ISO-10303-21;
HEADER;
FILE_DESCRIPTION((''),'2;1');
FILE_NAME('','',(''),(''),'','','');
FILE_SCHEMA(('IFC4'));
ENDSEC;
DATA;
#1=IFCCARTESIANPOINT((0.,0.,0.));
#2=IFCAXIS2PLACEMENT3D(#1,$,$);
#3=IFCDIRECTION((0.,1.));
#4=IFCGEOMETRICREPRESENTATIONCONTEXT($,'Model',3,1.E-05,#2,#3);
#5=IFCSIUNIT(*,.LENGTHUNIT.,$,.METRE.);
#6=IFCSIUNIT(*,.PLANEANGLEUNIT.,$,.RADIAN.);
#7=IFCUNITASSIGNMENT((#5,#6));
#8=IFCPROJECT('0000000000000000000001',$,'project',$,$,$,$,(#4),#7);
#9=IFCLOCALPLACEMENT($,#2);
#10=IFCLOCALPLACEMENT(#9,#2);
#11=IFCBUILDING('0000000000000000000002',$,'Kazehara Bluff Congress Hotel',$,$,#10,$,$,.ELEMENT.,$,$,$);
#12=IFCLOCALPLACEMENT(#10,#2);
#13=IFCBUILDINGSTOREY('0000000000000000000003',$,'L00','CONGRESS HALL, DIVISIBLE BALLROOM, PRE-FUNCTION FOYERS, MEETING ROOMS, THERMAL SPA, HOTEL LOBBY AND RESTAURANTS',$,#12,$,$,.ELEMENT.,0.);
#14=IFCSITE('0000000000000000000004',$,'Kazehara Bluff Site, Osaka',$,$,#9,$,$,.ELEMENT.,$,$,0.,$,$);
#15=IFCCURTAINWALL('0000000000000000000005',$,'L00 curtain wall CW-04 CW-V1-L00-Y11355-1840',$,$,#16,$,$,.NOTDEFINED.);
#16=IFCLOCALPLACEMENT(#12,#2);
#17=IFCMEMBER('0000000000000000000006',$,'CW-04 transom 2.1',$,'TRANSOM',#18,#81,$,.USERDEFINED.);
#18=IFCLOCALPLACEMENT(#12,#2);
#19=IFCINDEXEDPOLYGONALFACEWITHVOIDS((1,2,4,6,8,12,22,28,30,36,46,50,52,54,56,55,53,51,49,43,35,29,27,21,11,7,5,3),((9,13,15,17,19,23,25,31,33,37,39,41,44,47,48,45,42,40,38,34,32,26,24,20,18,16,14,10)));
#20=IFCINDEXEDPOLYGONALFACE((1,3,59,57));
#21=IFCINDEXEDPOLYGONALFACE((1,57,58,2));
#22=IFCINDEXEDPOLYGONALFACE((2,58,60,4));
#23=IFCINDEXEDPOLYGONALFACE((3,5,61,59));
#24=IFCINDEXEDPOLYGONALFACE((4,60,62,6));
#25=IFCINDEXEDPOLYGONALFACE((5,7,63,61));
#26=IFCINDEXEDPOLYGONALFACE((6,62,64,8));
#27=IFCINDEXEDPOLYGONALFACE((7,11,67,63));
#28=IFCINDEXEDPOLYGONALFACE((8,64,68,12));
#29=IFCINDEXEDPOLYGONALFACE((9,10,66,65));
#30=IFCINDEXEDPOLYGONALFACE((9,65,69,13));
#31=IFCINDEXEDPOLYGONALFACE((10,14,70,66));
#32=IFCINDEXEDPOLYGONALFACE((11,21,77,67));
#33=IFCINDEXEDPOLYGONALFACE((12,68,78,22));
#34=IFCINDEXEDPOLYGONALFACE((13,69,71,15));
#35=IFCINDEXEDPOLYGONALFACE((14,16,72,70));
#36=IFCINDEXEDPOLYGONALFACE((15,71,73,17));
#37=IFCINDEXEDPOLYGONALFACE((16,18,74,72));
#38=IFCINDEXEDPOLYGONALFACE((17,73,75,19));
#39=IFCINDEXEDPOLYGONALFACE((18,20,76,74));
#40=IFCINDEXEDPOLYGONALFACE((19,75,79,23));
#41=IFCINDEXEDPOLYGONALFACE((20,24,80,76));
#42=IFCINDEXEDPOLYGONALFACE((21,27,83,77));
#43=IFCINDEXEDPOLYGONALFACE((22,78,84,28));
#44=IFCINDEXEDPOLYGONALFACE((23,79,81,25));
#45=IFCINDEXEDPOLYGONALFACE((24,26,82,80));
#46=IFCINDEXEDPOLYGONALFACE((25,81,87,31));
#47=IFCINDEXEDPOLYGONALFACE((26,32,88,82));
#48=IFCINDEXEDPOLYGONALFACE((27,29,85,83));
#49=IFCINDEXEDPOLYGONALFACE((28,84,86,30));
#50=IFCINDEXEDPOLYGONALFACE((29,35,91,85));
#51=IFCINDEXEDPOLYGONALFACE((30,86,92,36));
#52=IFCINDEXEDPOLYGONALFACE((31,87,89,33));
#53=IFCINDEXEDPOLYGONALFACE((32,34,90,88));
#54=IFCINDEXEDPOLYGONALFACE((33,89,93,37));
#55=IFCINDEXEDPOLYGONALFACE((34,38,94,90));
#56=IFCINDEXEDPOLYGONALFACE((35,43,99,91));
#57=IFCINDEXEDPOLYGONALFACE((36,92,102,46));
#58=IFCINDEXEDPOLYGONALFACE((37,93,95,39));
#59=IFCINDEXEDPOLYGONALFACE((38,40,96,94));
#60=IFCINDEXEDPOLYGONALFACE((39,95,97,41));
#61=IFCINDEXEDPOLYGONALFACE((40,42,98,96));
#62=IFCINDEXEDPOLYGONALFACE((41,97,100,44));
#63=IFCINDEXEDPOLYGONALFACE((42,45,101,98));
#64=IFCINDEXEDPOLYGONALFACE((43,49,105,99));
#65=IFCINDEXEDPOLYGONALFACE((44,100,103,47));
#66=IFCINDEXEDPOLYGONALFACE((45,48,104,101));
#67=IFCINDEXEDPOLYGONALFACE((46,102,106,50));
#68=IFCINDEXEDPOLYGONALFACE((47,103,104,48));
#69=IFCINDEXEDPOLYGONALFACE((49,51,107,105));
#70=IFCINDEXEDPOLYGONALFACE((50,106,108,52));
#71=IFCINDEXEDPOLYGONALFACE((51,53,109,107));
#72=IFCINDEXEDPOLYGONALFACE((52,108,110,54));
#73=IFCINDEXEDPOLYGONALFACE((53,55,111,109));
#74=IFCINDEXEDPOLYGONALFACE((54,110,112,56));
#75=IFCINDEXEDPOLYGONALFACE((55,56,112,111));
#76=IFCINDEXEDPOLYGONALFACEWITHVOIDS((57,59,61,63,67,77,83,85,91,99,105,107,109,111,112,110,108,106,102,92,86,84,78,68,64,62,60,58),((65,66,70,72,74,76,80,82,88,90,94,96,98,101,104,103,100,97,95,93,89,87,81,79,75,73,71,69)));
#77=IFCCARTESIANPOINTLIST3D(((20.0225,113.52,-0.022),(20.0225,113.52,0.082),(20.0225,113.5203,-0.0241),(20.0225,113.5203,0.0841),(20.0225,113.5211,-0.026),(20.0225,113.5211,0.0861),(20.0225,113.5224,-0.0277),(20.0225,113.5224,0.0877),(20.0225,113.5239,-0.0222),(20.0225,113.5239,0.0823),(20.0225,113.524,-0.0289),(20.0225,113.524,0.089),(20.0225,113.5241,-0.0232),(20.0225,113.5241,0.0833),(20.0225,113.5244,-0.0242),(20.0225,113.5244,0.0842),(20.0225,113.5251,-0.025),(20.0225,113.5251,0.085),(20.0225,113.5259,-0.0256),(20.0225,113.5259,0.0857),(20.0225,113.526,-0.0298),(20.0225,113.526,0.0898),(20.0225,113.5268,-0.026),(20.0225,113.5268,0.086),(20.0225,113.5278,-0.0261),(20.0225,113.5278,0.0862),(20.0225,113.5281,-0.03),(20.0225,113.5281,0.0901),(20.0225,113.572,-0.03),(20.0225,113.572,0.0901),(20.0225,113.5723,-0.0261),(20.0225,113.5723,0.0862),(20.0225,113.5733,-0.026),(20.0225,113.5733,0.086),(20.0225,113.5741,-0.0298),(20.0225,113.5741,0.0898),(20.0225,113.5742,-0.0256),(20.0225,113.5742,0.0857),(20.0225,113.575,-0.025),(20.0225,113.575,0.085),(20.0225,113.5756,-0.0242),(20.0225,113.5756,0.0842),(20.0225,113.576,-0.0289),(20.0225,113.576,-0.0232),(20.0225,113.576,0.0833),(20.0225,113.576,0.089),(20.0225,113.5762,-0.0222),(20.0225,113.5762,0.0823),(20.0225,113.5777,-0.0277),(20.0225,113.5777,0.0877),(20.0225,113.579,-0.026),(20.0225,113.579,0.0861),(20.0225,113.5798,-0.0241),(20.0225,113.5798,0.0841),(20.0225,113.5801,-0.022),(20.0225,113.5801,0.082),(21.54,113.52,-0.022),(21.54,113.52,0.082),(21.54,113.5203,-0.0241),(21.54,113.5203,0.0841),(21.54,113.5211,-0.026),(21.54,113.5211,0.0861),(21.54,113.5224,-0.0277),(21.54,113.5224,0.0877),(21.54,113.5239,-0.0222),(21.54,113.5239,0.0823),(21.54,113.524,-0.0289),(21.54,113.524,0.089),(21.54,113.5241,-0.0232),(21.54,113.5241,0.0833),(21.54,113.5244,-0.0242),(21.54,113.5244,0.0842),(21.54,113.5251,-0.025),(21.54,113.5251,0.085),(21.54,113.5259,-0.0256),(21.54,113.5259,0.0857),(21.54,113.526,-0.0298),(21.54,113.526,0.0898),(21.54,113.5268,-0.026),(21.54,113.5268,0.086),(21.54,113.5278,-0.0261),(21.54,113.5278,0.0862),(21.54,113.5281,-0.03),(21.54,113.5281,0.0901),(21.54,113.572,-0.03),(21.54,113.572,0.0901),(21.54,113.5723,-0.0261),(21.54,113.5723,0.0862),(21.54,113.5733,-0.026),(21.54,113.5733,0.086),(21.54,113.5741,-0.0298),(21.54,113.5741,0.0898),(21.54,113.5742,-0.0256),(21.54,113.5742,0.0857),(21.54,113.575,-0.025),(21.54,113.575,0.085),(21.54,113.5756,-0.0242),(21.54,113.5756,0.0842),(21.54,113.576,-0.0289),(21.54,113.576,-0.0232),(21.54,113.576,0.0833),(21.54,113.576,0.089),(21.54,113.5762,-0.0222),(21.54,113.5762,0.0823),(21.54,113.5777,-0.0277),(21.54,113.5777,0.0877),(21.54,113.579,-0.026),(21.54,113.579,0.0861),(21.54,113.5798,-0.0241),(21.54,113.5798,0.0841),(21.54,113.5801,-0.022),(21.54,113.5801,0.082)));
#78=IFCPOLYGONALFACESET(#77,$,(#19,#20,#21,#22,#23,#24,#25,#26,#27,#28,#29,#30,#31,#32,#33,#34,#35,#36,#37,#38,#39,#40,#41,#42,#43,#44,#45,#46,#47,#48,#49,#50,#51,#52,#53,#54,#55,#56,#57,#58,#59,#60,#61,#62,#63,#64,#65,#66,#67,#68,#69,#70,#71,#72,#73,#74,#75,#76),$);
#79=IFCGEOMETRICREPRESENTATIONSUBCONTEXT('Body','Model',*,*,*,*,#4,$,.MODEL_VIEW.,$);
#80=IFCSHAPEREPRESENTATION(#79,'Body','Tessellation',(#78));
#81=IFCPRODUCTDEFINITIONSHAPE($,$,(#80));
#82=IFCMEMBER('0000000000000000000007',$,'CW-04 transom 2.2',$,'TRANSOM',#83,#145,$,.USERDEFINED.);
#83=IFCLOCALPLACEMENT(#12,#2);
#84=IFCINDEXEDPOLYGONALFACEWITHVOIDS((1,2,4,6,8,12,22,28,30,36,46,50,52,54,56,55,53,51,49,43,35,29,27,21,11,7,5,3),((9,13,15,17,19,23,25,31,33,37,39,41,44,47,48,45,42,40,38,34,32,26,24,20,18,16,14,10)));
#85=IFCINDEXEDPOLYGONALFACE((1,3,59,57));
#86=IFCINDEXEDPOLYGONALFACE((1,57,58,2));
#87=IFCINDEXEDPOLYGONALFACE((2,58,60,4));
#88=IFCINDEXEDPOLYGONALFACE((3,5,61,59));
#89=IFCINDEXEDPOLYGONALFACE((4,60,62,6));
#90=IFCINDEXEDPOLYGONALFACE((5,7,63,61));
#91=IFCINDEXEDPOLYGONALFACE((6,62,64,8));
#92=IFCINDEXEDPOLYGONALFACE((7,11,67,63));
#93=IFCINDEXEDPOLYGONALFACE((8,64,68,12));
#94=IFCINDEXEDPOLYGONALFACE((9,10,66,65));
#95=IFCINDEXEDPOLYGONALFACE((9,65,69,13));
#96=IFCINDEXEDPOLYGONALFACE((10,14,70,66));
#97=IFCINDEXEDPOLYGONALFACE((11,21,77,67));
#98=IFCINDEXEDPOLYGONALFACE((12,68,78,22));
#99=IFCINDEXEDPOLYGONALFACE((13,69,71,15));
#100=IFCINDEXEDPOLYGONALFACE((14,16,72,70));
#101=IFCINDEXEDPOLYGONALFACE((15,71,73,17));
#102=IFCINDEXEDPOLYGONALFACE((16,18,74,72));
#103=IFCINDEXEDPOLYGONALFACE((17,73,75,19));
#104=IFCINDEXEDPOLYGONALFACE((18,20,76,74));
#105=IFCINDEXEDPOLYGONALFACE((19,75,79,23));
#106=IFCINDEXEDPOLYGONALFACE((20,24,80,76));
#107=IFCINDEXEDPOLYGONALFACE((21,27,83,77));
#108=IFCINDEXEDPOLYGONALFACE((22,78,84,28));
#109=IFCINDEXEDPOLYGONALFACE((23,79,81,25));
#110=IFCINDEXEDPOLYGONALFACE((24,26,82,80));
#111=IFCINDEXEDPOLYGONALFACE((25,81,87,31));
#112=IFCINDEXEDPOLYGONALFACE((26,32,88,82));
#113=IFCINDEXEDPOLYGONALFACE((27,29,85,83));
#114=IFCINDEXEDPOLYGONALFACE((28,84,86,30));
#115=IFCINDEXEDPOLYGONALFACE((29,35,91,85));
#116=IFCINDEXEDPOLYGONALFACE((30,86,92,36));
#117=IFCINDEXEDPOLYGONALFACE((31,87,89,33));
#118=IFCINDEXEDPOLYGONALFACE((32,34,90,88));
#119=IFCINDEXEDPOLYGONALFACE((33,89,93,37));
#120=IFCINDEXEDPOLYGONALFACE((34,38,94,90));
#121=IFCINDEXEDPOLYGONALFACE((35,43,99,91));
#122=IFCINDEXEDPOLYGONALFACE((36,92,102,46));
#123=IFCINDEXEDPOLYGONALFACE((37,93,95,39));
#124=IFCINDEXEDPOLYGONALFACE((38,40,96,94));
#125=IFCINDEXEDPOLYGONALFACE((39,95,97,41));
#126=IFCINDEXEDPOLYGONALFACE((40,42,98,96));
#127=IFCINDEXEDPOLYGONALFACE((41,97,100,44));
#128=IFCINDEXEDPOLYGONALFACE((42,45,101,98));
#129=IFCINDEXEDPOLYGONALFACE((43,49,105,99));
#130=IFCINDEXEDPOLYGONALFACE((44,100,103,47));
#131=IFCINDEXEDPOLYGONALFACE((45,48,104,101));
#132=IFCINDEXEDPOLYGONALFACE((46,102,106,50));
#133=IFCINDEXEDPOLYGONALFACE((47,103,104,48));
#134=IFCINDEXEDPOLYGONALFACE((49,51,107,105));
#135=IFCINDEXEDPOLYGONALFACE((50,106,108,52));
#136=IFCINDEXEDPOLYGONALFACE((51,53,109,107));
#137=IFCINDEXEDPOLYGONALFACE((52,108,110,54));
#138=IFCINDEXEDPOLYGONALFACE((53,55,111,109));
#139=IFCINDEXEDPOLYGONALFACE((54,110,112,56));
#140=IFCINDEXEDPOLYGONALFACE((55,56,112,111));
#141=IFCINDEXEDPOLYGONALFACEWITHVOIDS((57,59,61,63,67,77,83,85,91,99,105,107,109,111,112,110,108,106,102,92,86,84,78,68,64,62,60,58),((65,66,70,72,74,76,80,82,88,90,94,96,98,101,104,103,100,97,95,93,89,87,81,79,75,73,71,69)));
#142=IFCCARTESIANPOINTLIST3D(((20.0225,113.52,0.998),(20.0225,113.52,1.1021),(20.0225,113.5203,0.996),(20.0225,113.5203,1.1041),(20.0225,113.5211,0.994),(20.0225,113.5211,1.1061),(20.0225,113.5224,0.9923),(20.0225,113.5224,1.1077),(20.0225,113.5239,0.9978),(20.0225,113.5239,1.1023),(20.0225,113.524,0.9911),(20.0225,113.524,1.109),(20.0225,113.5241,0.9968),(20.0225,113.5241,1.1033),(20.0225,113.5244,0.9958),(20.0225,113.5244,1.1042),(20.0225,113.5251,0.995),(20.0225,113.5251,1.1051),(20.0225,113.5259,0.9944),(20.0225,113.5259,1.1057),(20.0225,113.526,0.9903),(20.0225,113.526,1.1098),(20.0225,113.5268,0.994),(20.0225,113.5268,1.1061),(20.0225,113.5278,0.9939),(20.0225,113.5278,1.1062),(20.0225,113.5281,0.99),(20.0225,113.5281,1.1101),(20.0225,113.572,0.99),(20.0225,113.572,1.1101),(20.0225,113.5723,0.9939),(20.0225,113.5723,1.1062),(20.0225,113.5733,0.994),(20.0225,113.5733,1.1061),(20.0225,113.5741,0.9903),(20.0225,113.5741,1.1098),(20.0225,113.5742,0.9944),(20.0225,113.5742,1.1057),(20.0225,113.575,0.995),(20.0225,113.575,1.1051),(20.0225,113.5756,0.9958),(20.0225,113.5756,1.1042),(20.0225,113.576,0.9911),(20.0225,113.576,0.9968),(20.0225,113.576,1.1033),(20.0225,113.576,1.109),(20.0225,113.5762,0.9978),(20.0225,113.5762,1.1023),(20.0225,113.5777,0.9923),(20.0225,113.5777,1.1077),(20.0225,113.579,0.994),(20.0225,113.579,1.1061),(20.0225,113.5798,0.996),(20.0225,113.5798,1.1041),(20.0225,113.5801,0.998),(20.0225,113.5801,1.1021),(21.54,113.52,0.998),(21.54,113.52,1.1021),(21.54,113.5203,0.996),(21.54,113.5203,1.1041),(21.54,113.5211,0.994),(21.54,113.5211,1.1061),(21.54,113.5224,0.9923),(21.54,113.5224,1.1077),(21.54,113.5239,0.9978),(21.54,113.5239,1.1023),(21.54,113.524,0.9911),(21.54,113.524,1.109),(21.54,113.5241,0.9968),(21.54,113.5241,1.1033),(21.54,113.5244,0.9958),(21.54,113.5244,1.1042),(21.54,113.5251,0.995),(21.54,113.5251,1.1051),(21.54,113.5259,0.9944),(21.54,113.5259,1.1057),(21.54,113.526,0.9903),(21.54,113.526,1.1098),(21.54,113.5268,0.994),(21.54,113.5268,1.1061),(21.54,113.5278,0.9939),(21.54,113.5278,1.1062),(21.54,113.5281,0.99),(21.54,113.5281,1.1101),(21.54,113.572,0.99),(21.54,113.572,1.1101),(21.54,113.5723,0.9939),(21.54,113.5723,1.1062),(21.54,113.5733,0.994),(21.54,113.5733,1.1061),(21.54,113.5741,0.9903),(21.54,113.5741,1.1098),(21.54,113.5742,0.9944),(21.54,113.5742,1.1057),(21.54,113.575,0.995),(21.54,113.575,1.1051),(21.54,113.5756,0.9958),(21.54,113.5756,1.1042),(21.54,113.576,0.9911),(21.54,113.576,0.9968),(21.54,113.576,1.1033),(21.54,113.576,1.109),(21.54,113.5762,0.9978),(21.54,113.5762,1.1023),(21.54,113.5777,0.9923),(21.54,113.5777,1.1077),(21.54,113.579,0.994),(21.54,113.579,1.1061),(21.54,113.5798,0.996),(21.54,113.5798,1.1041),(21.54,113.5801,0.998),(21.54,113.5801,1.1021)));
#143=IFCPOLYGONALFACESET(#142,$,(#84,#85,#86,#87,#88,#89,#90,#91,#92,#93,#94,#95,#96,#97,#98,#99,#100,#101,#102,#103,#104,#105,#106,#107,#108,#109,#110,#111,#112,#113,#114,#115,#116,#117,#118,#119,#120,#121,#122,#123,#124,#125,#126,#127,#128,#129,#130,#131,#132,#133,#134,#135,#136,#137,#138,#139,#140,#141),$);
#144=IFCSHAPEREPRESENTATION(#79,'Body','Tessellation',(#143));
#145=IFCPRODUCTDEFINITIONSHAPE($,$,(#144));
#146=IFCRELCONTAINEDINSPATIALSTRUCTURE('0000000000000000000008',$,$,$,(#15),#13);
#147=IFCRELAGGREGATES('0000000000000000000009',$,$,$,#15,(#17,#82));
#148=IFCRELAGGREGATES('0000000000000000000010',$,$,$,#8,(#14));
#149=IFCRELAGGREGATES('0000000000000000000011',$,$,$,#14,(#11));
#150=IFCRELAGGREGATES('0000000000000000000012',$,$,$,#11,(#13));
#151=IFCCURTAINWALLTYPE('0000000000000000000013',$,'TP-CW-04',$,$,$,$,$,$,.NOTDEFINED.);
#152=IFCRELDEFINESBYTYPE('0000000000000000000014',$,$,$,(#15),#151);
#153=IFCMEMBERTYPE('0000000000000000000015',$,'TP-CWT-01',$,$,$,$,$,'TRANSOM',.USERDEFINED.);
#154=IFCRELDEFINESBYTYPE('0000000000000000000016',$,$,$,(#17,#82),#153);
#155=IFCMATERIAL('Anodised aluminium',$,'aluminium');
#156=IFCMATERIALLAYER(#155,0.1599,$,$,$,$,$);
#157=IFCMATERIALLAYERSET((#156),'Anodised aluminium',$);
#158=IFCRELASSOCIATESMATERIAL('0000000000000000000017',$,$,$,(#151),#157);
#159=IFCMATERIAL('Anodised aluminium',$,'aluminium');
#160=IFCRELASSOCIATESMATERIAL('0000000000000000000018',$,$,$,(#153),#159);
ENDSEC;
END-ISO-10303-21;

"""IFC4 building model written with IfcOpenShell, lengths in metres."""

from ifc_helpers import new_model, si_unit, direction, frame, origin, origin_2d, place, context, subcontext, project, spatial, hollow_rectangle, extrude, material, layer, layer_set, material_profile, profile_set, type_object, element, aggregate, save


model = new_model("IFC4")

# Units and contexts
model_context = context("Model", 3, precision=1e-05, world=origin(), true_north=direction((0.0, 1.0)))
body_context = subcontext(model_context, "Body", "Model", "MODEL_VIEW")
ifc_project = project(units=[si_unit("LENGTHUNIT", "METRE"), si_unit("PLANEANGLEUNIT", "RADIAN")], contexts=[model_context])

# Site, building, storey
site_placement = place(None, origin())
site = spatial("IfcSite", under=ifc_project, at=site_placement, Name="Kazehara Bluff Site, Osaka", CompositionType="ELEMENT", RefElevation=0.0)
building_placement = place(site_placement, origin())
building = spatial("IfcBuilding", under=site, at=building_placement, Name="Kazehara Bluff Congress Hotel", CompositionType="ELEMENT")
storey_placement = place(building_placement, origin())
storey = spatial("IfcBuildingStorey", under=building, at=storey_placement, Name="L00", Description="CONGRESS HALL, DIVISIBLE BALLROOM, PRE-FUNCTION FOYERS, MEETING ROOMS, THERMAL SPA, HOTEL LOBBY AND RESTAURANTS", CompositionType="ELEMENT", Elevation=0.0)

# Curtain wall, members
ifc_material_1 = material(Name="Anodised aluminium", Category="aluminium")
ifc_layer_1 = layer(ifc_material_1, 0.1599)
ifc_layer_set_1 = layer_set([ifc_layer_1], Name="Anodised aluminium")
curtain_wall_type = type_object("IfcCurtainWallType", Name="TP-CW-04", PredefinedType="NOTDEFINED", material=ifc_layer_set_1)
curtain_wall_placement = place(storey_placement, origin())
curtain_wall = element("IfcCurtainWall", 1, at=curtain_wall_placement, inside=storey, type_object=curtain_wall_type, Name="L00 curtain wall CW-04 CW-V1-L00-Y11355-1840", PredefinedType="NOTDEFINED")
ifc_material_2 = material(Name="Anodised aluminium", Category="aluminium")
ifc_material_profile_1 = material_profile(ifc_material_2, hollow_rectangle(XDim=0.0601, YDim=0.1201, WallThickness=0.0039, InnerFilletRadius=0.0039, OuterFilletRadius=0.0081, at=origin_2d()))
ifc_profile_set_1 = profile_set([ifc_material_profile_1], Name="Anodised aluminium")
member_type_1 = type_object("IfcMemberType", Name="TP-CWT-01", ElementType="TRANSOM", PredefinedType="USERDEFINED", material=ifc_profile_set_1)
member_1_placement = place(storey_placement, frame((20.0225, 113.55, 0.03), z_axis=(1.0, 0.0, 0.0), x_axis=(0.0, 1.0, 0.0)))
member_1 = element("IfcMember", 2, at=member_1_placement, type_object=member_type_1, Name="CW-04 transom 2.1", ObjectType="TRANSOM", PredefinedType="USERDEFINED", context=body_context, shape_type="SweptSolid", body=[
    extrude(hollow_rectangle(XDim=0.0601, YDim=0.1201, WallThickness=0.0039, InnerFilletRadius=0.0039, OuterFilletRadius=0.0081, at=origin_2d()), origin(), (0.0, 0.0, 1.0), 1.5176),
])
member_2_placement = place(storey_placement, frame((20.0225, 113.55, 1.05), z_axis=(1.0, 0.0, 0.0), x_axis=(0.0, 1.0, 0.0)))
member_2 = element("IfcMember", 3, at=member_2_placement, type_object=member_type_1, Name="CW-04 transom 2.2", ObjectType="TRANSOM", PredefinedType="USERDEFINED", context=body_context, shape_type="SweptSolid", body=[
    extrude(hollow_rectangle(XDim=0.0601, YDim=0.1201, WallThickness=0.0039, InnerFilletRadius=0.0039, OuterFilletRadius=0.0081, at=origin_2d()), origin(), (0.0, 0.0, 1.0), 1.5176),
])
aggregate(curtain_wall, [member_1, member_2])

save(model, "model.ifc")
